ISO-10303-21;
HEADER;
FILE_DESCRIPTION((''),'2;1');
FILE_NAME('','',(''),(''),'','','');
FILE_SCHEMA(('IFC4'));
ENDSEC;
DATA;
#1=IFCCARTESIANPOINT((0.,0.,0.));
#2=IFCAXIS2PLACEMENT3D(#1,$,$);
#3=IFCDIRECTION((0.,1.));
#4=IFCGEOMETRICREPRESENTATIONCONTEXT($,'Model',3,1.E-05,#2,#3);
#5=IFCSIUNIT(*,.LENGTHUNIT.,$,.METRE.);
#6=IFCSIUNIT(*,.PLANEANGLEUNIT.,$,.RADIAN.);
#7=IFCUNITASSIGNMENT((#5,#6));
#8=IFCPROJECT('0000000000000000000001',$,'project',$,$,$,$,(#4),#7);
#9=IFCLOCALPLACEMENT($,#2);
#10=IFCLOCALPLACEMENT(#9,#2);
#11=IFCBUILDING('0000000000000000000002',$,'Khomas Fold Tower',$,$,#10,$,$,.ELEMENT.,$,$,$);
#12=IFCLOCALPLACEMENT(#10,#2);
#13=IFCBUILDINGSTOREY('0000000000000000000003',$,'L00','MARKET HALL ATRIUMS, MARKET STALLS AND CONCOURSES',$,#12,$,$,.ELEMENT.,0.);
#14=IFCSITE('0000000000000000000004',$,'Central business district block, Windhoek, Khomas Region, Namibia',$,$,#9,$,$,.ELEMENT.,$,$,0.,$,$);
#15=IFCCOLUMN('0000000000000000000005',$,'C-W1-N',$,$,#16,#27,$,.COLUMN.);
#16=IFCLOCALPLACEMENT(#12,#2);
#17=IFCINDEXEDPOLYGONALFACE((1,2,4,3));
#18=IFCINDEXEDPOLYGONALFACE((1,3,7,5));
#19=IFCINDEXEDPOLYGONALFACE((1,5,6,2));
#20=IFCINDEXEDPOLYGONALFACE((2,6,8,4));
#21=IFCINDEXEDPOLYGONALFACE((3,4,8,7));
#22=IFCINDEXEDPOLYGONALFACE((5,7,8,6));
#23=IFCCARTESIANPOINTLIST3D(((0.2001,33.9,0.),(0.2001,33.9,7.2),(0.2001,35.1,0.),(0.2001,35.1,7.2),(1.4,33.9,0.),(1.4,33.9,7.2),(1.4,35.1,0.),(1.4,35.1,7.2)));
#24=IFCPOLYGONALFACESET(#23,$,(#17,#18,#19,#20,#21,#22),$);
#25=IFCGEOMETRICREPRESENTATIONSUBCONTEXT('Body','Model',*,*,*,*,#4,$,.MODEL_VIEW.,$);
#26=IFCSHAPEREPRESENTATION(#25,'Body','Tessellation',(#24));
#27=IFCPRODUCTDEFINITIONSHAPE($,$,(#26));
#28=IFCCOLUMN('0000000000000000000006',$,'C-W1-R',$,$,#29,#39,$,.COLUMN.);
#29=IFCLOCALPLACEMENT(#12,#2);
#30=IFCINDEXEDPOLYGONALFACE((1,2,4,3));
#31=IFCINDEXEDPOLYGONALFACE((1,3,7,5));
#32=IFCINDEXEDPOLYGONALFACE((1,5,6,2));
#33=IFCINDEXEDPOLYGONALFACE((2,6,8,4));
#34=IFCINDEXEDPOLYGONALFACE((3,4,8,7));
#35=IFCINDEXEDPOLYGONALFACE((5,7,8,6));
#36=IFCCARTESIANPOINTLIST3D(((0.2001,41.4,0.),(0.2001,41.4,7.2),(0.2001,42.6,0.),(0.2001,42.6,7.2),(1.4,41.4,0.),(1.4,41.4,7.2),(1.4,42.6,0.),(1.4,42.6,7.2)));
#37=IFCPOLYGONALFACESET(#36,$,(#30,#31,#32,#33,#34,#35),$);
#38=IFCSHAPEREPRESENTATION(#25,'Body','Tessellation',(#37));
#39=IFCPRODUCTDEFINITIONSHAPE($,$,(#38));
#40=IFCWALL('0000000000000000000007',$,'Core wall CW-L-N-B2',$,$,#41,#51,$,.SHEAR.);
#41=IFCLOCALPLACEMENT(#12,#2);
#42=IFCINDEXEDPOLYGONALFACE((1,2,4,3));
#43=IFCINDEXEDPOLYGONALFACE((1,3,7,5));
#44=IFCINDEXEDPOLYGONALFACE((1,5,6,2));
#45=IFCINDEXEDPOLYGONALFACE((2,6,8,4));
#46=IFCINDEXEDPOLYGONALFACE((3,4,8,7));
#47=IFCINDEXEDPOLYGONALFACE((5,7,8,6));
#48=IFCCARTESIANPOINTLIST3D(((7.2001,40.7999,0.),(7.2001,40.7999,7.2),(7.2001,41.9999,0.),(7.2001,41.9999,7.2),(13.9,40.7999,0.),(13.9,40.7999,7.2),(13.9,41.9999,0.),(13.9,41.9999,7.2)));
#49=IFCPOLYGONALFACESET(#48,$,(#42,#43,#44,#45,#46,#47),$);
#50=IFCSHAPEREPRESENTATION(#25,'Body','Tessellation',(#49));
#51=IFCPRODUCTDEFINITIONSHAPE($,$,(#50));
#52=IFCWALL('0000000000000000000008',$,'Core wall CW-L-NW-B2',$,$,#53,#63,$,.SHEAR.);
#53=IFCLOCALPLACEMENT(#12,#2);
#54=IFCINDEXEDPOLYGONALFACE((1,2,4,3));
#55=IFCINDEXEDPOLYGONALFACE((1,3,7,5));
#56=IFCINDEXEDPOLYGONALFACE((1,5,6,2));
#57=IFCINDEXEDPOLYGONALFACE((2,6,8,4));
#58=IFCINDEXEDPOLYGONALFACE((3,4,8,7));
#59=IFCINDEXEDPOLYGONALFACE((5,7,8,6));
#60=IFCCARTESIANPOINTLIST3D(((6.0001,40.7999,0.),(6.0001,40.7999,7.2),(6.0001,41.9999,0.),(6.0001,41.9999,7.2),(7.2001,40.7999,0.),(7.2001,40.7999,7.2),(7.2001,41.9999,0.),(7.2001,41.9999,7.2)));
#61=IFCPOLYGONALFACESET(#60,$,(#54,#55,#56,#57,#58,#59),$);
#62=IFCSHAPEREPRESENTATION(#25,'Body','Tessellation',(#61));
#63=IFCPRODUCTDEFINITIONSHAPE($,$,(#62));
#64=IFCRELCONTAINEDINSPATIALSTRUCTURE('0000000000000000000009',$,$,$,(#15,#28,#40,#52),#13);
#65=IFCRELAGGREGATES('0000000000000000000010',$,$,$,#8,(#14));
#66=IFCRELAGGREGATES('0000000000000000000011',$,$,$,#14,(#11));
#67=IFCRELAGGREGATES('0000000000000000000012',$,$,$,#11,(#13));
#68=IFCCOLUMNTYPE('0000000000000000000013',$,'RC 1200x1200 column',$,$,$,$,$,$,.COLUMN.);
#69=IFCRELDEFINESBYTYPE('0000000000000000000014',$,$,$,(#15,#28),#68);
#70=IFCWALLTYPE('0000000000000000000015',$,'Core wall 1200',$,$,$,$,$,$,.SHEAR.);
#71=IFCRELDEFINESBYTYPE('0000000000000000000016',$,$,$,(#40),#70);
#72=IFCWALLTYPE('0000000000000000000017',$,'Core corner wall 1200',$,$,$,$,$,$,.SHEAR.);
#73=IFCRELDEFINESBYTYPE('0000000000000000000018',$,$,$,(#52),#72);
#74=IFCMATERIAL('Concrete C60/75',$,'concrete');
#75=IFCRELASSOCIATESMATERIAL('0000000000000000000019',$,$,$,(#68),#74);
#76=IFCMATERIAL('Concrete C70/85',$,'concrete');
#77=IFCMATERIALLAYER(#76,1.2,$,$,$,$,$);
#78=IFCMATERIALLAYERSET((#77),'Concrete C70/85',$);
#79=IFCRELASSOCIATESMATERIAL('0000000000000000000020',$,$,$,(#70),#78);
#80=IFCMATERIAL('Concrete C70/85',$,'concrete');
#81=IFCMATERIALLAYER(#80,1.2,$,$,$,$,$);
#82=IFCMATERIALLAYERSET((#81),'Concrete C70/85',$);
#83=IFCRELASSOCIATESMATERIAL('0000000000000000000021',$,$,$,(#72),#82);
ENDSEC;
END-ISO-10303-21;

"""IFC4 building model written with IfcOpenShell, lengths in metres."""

from ifc_helpers import new_model, si_unit, direction, frame, frame_2d, origin, origin_2d, place, context, subcontext, project, spatial, rectangle, extrude, source, transform, mapped, material, layer, layer_set, material_profile, profile_set, type_object, element, save


model = new_model("IFC4")

# Units and contexts
model_context = context("Model", 3, precision=1e-05, world=origin(), true_north=direction((0.0, 1.0)))
body_context = subcontext(model_context, "Body", "Model", "MODEL_VIEW")
ifc_project = project(units=[si_unit("LENGTHUNIT", "METRE"), si_unit("PLANEANGLEUNIT", "RADIAN")], contexts=[model_context])

# Site, building, storey
site_placement = place(None, origin())
site = spatial("IfcSite", under=ifc_project, at=site_placement, Name="Central business district block, Windhoek, Khomas Region, Namibia", CompositionType="ELEMENT", RefElevation=0.0)
building_placement = place(site_placement, origin())
building = spatial("IfcBuilding", under=site, at=building_placement, Name="Khomas Fold Tower", CompositionType="ELEMENT")
storey_placement = place(building_placement, origin())
storey = spatial("IfcBuildingStorey", under=building, at=storey_placement, Name="L00", Description="MARKET HALL ATRIUMS, MARKET STALLS AND CONCOURSES", CompositionType="ELEMENT", Elevation=0.0)

# Columns
ifc_material_1 = material(Name="Concrete C60/75", Category="concrete")
ifc_material_profile = material_profile(ifc_material_1, rectangle(XDim=1.2, YDim=1.2, at=origin_2d()), Name="RC 1200x1200")
ifc_profile_set = profile_set([ifc_material_profile], Name="Concrete C60/75")
column_type = type_object("IfcColumnType", Name="RC 1200x1200 column", PredefinedType="COLUMN", material=ifc_profile_set)
shared_shape_1 = source(origin(), body_context, "Body", "SweptSolid", [
    extrude(rectangle(XDim=1.2, YDim=1.2, at=origin_2d()), origin(), (0.0, 0.0, 1.0), 7.2),
])
for number, where, z_axis, x_axis, name in (
    (1, (0.8, 34.5, 0.0), (0.0, 0.0, 1.0), (1.0, 0.0, 0.0), "C-W1-N"),
    (2, (0.8, 42.0, 0.0), (0.0, 0.0, 1.0), (1.0, 0.0, 0.0), "C-W1-R"),
):
    element("IfcColumn", number, at=place(storey_placement, frame(where, z_axis=z_axis, x_axis=x_axis)), inside=storey, type_object=column_type, Name=name, PredefinedType="COLUMN", context=body_context, shape_type="MappedRepresentation", body=[
        mapped(shared_shape_1, transform((0.0, 0.0, 0.0))),
    ])

# Walls
ifc_material_2 = material(Name="Concrete C70/85", Category="concrete")
ifc_layer_1 = layer(ifc_material_2, 1.2)
ifc_layer_set_1 = layer_set([ifc_layer_1], Name="Concrete C70/85")
wall_type_1 = type_object("IfcWallType", Name="Core wall 1200", PredefinedType="SHEAR", material=ifc_layer_set_1)
shared_shape_2 = source(origin(), body_context, "Body", "SweptSolid", [
    extrude(rectangle(XDim=6.7, YDim=1.2, at=frame_2d((3.3501, 0.0))), origin(), (0.0, 0.0, 1.0), 7.2),
])
wall_1_placement = place(storey_placement, frame((7.2, 41.3999, 0.0), z_axis=(0.0, 0.0, 1.0), x_axis=(1.0, 0.0, 0.0)))
element("IfcWall", 3, at=wall_1_placement, inside=storey, type_object=wall_type_1, Name="Core wall CW-L-N-B2", PredefinedType="SHEAR", context=body_context, shape_type="MappedRepresentation", body=[
    mapped(shared_shape_2, transform((0.0, 0.0, 0.0))),
])
ifc_material_3 = material(Name="Concrete C70/85", Category="concrete")
ifc_layer_2 = layer(ifc_material_3, 1.2)
ifc_layer_set_2 = layer_set([ifc_layer_2], Name="Concrete C70/85")
wall_type_2 = type_object("IfcWallType", Name="Core corner wall 1200", PredefinedType="SHEAR", material=ifc_layer_set_2)
shared_shape_3 = source(origin(), body_context, "Body", "SweptSolid", [
    extrude(rectangle(XDim=1.2, YDim=1.2, at=frame_2d((0.6001, 0.0))), origin(), (0.0, 0.0, 1.0), 7.2),
])
wall_2_placement = place(storey_placement, frame((6.0, 41.3999, 0.0), z_axis=(0.0, 0.0, 1.0), x_axis=(1.0, 0.0, 0.0)))
element("IfcWall", 4, at=wall_2_placement, inside=storey, type_object=wall_type_2, Name="Core wall CW-L-NW-B2", PredefinedType="SHEAR", context=body_context, shape_type="MappedRepresentation", body=[
    mapped(shared_shape_3, transform((0.0, 0.0, 0.0))),
])

save(model, "model.ifc")
